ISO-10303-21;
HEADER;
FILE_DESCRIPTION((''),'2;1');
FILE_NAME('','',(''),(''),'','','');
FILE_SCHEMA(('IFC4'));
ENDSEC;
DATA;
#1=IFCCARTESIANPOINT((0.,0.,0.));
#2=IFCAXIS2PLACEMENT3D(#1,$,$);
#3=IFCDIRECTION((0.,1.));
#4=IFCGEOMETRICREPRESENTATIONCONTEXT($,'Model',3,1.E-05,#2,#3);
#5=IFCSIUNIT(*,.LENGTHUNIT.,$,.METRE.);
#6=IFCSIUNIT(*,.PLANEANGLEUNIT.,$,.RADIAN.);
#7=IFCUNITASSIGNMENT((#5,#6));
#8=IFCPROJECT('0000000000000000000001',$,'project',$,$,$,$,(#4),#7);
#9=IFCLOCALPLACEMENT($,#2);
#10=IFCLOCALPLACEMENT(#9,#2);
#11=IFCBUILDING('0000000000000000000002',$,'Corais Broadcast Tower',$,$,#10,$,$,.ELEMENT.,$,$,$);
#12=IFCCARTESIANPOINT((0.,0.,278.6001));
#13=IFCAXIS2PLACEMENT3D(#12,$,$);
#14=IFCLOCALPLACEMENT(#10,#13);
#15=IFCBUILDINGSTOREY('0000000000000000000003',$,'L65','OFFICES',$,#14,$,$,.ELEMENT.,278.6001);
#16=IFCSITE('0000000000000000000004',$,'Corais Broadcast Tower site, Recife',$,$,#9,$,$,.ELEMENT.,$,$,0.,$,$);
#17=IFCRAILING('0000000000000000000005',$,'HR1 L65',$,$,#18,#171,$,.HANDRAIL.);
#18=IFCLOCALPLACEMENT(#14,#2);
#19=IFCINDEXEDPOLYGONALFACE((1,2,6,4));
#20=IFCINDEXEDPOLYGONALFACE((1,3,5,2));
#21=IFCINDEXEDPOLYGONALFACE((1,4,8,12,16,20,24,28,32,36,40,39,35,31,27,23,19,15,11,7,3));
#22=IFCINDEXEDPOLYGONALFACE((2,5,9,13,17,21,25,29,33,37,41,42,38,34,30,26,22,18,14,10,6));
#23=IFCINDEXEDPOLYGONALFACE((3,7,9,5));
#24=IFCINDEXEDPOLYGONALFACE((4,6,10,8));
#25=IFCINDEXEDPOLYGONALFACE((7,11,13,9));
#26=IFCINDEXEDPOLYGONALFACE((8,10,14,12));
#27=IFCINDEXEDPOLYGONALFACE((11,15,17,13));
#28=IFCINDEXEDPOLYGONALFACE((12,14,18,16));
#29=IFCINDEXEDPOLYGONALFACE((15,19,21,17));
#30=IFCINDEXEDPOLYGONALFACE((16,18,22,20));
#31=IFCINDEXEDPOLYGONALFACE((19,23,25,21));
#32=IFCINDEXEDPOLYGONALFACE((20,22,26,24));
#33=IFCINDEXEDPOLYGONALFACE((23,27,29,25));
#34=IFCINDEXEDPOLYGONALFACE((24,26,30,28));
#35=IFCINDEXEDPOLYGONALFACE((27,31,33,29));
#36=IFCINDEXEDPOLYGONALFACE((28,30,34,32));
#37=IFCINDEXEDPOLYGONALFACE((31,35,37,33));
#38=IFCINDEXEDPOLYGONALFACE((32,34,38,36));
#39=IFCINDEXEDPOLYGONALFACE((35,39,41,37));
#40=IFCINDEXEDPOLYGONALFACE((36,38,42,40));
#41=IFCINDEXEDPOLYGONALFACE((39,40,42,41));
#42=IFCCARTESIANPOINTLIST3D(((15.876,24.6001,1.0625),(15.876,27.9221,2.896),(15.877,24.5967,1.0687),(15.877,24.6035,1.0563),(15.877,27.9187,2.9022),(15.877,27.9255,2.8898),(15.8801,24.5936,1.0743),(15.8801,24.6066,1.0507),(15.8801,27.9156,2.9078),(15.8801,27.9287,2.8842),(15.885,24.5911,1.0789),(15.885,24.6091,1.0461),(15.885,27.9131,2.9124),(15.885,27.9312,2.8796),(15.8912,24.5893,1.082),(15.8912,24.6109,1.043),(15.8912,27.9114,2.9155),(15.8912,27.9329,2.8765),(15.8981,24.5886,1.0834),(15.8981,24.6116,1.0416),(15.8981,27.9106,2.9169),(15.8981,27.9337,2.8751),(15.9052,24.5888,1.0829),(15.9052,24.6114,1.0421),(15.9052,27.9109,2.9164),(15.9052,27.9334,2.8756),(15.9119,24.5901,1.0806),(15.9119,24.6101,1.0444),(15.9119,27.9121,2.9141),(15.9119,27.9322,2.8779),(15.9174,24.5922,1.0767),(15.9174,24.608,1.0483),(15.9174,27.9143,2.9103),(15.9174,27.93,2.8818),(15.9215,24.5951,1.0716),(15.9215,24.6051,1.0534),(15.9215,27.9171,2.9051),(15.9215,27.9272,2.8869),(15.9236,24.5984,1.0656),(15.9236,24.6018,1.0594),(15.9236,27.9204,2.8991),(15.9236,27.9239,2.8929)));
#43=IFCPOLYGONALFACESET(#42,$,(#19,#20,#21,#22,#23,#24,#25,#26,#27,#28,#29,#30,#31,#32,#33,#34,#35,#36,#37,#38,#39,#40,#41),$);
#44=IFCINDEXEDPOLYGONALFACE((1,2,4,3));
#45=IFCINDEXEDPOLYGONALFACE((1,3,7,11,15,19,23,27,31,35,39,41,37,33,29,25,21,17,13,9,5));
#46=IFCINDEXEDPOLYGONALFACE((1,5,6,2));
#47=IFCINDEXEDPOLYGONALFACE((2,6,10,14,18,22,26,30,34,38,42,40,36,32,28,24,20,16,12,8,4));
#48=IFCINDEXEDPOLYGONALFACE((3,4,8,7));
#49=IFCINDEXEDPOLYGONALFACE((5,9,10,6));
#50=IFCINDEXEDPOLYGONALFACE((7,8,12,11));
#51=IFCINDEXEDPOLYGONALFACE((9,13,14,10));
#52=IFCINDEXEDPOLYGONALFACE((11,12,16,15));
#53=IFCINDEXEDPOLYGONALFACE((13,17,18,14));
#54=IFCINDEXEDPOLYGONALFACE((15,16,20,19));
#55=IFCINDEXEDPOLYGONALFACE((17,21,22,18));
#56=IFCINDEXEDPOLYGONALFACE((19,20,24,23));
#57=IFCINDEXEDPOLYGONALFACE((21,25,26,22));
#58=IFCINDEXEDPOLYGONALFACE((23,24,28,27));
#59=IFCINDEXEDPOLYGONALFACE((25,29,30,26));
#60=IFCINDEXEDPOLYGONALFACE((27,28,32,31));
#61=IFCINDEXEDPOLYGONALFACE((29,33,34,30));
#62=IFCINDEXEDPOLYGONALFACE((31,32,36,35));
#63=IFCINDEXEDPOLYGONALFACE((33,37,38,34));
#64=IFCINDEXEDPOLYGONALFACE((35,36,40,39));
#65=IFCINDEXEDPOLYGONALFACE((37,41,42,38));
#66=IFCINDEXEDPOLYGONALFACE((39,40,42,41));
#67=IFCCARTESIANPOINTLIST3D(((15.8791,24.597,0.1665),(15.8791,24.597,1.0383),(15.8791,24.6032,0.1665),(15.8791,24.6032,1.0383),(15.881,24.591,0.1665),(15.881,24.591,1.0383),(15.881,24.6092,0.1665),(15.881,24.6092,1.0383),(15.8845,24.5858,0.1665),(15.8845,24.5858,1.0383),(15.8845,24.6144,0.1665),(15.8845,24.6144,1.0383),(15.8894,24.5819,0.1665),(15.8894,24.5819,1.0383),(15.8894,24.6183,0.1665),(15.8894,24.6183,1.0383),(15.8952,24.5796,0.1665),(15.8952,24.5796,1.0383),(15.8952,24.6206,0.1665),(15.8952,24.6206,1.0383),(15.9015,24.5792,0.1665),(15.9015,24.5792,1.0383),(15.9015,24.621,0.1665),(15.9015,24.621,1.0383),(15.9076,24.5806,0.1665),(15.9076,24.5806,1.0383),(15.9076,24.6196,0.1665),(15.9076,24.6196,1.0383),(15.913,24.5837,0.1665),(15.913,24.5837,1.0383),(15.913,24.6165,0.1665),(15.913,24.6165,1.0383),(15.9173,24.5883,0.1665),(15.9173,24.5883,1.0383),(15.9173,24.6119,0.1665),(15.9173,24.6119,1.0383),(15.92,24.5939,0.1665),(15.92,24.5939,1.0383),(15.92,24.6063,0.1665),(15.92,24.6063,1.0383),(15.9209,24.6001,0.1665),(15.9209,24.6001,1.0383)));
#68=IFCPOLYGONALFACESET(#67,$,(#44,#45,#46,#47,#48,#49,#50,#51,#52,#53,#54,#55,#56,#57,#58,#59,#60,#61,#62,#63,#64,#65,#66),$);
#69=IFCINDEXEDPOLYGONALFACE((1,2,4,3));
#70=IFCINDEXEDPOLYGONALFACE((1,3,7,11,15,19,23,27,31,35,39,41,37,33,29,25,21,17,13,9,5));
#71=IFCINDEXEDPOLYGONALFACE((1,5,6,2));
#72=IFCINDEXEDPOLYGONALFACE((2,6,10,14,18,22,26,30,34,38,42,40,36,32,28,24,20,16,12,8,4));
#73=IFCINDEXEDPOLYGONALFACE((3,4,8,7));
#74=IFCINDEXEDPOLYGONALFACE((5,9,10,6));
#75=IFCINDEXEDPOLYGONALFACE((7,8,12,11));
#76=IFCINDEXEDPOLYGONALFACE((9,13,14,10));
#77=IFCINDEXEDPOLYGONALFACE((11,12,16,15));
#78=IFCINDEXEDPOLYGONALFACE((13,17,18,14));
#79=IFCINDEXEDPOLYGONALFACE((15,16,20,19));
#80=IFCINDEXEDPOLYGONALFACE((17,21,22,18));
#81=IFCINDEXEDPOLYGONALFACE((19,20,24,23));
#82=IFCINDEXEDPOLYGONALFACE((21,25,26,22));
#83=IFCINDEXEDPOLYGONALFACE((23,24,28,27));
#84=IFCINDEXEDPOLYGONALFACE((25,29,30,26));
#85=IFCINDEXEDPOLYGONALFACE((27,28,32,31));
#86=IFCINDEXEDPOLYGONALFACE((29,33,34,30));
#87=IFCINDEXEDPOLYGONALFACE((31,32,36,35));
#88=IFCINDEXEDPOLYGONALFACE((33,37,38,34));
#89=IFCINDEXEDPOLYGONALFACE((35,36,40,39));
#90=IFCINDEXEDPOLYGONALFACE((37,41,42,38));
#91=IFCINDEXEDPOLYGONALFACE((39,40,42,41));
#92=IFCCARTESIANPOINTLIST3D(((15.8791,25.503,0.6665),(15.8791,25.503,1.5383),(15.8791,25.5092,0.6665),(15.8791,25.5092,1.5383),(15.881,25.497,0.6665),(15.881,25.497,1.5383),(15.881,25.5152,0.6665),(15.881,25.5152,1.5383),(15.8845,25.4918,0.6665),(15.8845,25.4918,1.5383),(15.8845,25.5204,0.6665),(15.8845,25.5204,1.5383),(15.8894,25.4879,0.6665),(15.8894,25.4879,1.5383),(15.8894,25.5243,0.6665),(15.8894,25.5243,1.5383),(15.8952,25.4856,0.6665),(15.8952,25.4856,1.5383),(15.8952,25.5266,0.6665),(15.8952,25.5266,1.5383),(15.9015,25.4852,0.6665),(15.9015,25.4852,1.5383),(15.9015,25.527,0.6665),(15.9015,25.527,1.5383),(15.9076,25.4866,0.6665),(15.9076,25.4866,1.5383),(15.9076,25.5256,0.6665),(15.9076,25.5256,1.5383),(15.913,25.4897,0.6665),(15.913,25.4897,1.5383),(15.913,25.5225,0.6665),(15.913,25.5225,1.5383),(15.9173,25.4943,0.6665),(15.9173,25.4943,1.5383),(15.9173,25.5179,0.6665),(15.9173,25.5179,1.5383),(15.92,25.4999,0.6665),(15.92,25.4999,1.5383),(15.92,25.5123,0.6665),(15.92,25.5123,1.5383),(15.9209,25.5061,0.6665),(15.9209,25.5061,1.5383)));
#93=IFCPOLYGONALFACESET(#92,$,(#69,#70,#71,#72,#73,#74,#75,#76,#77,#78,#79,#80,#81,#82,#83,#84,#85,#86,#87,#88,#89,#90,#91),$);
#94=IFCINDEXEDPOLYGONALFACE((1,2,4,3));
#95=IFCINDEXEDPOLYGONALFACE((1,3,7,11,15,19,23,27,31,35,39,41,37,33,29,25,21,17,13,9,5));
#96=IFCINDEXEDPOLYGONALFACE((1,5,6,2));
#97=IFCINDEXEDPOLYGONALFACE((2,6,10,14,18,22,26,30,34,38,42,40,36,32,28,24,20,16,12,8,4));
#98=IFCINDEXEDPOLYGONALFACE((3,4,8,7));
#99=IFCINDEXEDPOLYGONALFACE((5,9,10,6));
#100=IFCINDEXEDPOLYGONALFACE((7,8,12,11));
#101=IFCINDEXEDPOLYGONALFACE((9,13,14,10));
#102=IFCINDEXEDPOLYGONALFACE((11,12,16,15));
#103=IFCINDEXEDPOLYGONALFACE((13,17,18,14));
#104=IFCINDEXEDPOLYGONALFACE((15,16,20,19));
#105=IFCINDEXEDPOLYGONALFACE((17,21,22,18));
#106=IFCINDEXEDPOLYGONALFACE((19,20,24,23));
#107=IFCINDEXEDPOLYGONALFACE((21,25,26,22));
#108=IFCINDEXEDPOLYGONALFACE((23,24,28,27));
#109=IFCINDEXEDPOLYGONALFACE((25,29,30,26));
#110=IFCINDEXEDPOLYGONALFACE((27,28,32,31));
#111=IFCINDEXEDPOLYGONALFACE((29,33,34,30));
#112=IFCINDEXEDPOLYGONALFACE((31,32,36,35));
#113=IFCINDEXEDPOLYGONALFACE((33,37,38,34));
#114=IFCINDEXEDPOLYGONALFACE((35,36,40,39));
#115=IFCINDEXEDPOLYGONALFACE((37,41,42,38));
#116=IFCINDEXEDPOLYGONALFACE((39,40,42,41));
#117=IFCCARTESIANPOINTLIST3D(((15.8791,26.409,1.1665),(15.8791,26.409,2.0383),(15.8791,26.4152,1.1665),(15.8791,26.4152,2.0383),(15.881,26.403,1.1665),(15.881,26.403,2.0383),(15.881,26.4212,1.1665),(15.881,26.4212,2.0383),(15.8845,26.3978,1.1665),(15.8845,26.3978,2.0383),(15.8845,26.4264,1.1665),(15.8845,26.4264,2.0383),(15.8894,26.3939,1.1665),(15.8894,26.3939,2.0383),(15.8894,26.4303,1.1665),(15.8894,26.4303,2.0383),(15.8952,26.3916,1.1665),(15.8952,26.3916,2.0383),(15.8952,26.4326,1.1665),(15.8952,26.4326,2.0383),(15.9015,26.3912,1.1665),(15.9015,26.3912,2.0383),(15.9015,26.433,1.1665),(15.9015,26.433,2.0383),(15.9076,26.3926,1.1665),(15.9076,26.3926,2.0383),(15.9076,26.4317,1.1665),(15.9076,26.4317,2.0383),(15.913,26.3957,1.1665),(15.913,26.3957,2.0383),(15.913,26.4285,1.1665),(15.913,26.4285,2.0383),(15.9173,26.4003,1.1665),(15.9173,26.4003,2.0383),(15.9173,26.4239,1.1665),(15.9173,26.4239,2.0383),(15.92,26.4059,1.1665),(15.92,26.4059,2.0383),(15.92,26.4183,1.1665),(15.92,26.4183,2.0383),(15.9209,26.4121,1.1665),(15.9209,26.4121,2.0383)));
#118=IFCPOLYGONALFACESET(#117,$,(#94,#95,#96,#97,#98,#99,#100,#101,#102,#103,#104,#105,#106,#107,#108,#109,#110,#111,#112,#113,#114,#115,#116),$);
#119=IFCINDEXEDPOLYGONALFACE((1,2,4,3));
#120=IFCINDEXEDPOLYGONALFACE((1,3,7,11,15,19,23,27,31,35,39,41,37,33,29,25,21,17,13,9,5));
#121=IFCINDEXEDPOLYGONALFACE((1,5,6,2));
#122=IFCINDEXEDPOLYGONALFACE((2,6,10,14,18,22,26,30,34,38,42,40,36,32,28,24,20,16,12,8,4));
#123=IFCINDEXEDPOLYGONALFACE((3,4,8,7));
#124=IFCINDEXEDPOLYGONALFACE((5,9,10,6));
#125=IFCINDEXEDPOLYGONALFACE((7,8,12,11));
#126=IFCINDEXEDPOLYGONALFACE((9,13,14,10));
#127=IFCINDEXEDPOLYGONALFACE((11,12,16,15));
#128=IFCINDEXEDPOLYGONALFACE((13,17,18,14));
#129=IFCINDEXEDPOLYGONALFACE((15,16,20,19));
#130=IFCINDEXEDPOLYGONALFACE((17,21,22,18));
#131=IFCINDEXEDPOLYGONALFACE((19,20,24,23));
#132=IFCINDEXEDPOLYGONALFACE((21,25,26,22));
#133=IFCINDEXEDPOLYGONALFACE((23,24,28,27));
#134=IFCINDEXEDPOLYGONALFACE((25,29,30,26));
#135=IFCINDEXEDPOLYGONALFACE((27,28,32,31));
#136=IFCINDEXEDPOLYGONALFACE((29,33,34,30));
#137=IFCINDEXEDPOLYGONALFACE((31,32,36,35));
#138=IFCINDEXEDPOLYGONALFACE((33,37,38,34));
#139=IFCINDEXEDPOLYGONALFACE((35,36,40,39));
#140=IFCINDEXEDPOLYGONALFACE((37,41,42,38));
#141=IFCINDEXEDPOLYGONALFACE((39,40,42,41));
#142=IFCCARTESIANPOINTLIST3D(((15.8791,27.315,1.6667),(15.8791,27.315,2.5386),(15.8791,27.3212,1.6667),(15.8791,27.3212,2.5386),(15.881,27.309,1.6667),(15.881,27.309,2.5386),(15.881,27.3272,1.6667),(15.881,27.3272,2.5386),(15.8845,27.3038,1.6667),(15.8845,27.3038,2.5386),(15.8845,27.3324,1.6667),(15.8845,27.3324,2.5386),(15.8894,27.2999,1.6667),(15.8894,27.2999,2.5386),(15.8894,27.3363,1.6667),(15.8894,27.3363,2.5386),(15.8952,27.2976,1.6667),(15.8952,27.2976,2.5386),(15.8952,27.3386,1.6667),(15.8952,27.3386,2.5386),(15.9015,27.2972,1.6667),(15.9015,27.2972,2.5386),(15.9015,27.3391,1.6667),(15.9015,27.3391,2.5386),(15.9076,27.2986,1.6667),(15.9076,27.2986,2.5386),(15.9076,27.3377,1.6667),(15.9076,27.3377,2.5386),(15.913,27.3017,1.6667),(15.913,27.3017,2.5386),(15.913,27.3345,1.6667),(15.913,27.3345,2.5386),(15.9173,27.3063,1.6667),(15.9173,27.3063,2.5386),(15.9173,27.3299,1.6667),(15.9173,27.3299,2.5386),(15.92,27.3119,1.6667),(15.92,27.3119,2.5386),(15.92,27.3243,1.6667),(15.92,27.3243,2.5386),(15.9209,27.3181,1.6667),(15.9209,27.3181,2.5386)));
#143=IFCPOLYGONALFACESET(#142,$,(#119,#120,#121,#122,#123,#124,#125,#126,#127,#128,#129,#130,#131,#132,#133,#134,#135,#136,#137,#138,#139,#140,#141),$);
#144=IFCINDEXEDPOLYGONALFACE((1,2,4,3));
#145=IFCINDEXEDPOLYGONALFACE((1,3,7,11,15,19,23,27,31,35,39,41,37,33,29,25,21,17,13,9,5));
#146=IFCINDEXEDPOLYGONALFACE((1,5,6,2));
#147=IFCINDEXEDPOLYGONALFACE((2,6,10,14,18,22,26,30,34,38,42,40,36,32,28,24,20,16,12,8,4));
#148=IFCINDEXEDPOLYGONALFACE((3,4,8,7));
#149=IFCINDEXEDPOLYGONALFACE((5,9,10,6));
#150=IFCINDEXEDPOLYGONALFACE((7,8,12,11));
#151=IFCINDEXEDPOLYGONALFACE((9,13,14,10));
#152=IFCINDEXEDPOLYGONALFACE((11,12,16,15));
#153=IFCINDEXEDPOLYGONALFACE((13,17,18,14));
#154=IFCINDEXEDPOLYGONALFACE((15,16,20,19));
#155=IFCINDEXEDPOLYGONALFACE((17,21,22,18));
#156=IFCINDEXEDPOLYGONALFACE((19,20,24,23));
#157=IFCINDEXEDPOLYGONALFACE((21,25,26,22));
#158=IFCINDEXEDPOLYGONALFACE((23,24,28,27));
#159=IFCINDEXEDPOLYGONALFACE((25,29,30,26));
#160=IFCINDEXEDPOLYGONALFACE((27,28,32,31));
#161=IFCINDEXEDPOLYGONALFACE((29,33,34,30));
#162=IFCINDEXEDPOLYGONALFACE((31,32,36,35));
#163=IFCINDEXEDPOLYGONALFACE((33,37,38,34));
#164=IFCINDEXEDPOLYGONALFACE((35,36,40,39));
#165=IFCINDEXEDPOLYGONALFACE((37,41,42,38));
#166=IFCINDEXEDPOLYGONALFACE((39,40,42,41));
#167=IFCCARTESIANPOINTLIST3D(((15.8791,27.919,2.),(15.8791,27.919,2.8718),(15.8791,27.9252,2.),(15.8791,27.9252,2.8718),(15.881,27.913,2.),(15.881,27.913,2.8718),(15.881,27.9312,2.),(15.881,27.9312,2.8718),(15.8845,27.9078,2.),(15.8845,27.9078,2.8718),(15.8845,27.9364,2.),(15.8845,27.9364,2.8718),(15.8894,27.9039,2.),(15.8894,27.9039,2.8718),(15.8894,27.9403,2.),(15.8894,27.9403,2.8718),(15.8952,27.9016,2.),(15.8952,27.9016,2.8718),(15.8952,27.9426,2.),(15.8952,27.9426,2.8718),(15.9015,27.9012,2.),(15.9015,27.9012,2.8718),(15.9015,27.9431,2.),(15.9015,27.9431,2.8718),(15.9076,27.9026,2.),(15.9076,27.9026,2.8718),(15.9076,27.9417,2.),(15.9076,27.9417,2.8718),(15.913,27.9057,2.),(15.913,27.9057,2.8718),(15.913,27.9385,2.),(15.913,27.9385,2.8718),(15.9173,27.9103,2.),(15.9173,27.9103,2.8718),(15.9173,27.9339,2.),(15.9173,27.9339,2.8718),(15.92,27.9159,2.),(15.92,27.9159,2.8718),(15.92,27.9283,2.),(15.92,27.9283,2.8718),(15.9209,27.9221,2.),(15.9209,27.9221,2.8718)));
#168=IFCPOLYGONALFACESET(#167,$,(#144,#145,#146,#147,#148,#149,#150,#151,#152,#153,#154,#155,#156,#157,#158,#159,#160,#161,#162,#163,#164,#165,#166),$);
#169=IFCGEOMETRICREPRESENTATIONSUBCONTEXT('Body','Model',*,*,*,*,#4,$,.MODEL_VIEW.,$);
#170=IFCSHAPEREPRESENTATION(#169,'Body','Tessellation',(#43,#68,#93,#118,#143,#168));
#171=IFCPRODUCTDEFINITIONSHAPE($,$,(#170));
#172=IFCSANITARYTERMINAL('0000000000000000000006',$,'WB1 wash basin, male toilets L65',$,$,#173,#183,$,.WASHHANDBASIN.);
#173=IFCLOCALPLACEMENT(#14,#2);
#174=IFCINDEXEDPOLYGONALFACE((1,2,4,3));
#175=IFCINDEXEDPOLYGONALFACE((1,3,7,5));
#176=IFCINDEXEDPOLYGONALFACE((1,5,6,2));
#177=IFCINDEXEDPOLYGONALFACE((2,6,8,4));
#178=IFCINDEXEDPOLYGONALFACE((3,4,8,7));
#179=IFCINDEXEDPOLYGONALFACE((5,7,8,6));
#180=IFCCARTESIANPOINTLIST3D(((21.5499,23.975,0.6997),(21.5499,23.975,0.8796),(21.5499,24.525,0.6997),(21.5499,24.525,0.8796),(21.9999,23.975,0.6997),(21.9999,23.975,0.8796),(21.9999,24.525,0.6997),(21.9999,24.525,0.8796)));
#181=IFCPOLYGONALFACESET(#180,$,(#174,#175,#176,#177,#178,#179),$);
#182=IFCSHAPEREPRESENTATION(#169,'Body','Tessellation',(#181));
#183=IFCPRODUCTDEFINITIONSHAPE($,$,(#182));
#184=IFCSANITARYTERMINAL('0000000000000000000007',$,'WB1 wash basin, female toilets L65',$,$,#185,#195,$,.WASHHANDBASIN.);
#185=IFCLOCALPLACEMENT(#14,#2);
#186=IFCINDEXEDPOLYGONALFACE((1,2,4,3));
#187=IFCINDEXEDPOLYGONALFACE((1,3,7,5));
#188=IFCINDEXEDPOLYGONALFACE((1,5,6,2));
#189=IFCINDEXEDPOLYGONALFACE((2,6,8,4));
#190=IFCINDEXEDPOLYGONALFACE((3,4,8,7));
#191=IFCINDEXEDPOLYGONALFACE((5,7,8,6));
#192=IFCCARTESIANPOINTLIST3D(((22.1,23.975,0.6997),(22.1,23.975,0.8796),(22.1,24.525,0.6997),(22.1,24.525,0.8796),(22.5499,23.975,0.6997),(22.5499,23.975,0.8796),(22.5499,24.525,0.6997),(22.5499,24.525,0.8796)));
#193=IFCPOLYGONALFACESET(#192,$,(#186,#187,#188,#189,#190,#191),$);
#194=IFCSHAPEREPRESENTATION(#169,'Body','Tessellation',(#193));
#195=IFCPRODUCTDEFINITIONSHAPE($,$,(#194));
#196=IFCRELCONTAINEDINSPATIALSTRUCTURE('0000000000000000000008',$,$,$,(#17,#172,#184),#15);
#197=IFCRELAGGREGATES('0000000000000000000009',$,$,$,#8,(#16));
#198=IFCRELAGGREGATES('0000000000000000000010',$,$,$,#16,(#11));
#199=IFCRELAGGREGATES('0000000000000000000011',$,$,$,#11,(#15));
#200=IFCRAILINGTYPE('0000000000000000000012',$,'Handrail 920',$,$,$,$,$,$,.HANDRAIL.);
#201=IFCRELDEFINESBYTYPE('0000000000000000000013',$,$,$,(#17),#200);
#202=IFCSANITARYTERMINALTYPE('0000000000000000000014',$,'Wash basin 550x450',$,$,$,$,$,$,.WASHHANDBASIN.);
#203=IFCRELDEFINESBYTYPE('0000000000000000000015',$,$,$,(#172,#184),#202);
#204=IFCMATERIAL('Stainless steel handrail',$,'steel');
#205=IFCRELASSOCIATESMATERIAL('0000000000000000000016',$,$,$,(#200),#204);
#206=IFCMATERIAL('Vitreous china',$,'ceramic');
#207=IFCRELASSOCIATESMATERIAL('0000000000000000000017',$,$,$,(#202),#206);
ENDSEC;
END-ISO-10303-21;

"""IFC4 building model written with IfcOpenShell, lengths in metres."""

from ifc_helpers import new_model, si_unit, direction, frame, origin, origin_2d, place, context, subcontext, project, spatial, rectangle, circle, extrude, material, type_object, element, save


model = new_model("IFC4")

# Units and contexts
model_context = context("Model", 3, precision=1e-05, world=origin(), true_north=direction((0.0, 1.0)))
body_context = subcontext(model_context, "Body", "Model", "MODEL_VIEW")
ifc_project = project(units=[si_unit("LENGTHUNIT", "METRE"), si_unit("PLANEANGLEUNIT", "RADIAN")], contexts=[model_context])

# Site, building, storey
site_placement = place(None, origin())
site = spatial("IfcSite", under=ifc_project, at=site_placement, Name="Corais Broadcast Tower site, Recife", CompositionType="ELEMENT", RefElevation=0.0)
building_placement = place(site_placement, origin())
building = spatial("IfcBuilding", under=site, at=building_placement, Name="Corais Broadcast Tower", CompositionType="ELEMENT")
storey_placement = place(building_placement, frame((0.0, 0.0, 278.6001)))
storey = spatial("IfcBuildingStorey", under=building, at=storey_placement, Name="L65", Description="OFFICES", CompositionType="ELEMENT", Elevation=278.6001)

# Railing
ifc_material_1 = material(Name="Stainless steel handrail", Category="steel")
railing_type = type_object("IfcRailingType", Name="Handrail 920", PredefinedType="HANDRAIL", material=ifc_material_1)
railing_placement = place(storey_placement, frame((15.8999, 24.6001, 0.1665)))
element("IfcRailing", 1, at=railing_placement, inside=storey, type_object=railing_type, Name="HR1 L65", PredefinedType="HANDRAIL", context=body_context, shape_type="SweptSolid", body=[
    extrude(circle(Radius=0.0239, at=origin_2d()), frame((0.0, 0.0, 0.896), z_axis=(0.0, 0.875504, 0.48321), x_axis=(-1.0, 0.0, 0.0)), (0.0, 0.0, 1.0), 3.7944),
    extrude(circle(Radius=0.021, at=origin_2d()), origin(), (0.0, 0.0, 1.0), 0.8718),
    extrude(circle(Radius=0.021, at=origin_2d()), frame((0.0, 0.906, 0.5)), (0.0, 0.0, 1.0), 0.8718),
    extrude(circle(Radius=0.021, at=origin_2d()), frame((0.0, 1.812, 1.0)), (0.0, 0.0, 1.0), 0.8718),
    extrude(circle(Radius=0.021, at=origin_2d()), frame((0.0, 2.718, 1.5002)), (0.0, 0.0, 1.0), 0.8718),
    extrude(circle(Radius=0.021, at=origin_2d()), frame((0.0, 3.322, 1.8335)), (0.0, 0.0, 1.0), 0.8718),
])

# Sanitary terminals
ifc_material_2 = material(Name="Vitreous china", Category="ceramic")
sanitary_terminal_type = type_object("IfcSanitaryTerminalType", Name="Wash basin 550x450", PredefinedType="WASHHANDBASIN", material=ifc_material_2)
for number, where, z_axis, x_axis, name in (
    (2, (21.7749, 24.25, 0.6997), (0.0, 0.0, 1.0), (1.0, 0.0, 0.0), "WB1 wash basin, male toilets L65"),
    (3, (22.325, 24.25, 0.6997), (0.0, 0.0, 1.0), (1.0, 0.0, 0.0), "WB1 wash basin, female toilets L65"),
):
    element("IfcSanitaryTerminal", number, at=place(storey_placement, frame(where, z_axis=z_axis, x_axis=x_axis)), inside=storey, type_object=sanitary_terminal_type, Name=name, PredefinedType="WASHHANDBASIN", context=body_context, shape_type="SweptSolid", body=[
        extrude(rectangle(XDim=0.45, YDim=0.55, at=origin_2d()), origin(), (0.0, 0.0, 1.0), 0.1799),
    ])

save(model, "model.ifc")
